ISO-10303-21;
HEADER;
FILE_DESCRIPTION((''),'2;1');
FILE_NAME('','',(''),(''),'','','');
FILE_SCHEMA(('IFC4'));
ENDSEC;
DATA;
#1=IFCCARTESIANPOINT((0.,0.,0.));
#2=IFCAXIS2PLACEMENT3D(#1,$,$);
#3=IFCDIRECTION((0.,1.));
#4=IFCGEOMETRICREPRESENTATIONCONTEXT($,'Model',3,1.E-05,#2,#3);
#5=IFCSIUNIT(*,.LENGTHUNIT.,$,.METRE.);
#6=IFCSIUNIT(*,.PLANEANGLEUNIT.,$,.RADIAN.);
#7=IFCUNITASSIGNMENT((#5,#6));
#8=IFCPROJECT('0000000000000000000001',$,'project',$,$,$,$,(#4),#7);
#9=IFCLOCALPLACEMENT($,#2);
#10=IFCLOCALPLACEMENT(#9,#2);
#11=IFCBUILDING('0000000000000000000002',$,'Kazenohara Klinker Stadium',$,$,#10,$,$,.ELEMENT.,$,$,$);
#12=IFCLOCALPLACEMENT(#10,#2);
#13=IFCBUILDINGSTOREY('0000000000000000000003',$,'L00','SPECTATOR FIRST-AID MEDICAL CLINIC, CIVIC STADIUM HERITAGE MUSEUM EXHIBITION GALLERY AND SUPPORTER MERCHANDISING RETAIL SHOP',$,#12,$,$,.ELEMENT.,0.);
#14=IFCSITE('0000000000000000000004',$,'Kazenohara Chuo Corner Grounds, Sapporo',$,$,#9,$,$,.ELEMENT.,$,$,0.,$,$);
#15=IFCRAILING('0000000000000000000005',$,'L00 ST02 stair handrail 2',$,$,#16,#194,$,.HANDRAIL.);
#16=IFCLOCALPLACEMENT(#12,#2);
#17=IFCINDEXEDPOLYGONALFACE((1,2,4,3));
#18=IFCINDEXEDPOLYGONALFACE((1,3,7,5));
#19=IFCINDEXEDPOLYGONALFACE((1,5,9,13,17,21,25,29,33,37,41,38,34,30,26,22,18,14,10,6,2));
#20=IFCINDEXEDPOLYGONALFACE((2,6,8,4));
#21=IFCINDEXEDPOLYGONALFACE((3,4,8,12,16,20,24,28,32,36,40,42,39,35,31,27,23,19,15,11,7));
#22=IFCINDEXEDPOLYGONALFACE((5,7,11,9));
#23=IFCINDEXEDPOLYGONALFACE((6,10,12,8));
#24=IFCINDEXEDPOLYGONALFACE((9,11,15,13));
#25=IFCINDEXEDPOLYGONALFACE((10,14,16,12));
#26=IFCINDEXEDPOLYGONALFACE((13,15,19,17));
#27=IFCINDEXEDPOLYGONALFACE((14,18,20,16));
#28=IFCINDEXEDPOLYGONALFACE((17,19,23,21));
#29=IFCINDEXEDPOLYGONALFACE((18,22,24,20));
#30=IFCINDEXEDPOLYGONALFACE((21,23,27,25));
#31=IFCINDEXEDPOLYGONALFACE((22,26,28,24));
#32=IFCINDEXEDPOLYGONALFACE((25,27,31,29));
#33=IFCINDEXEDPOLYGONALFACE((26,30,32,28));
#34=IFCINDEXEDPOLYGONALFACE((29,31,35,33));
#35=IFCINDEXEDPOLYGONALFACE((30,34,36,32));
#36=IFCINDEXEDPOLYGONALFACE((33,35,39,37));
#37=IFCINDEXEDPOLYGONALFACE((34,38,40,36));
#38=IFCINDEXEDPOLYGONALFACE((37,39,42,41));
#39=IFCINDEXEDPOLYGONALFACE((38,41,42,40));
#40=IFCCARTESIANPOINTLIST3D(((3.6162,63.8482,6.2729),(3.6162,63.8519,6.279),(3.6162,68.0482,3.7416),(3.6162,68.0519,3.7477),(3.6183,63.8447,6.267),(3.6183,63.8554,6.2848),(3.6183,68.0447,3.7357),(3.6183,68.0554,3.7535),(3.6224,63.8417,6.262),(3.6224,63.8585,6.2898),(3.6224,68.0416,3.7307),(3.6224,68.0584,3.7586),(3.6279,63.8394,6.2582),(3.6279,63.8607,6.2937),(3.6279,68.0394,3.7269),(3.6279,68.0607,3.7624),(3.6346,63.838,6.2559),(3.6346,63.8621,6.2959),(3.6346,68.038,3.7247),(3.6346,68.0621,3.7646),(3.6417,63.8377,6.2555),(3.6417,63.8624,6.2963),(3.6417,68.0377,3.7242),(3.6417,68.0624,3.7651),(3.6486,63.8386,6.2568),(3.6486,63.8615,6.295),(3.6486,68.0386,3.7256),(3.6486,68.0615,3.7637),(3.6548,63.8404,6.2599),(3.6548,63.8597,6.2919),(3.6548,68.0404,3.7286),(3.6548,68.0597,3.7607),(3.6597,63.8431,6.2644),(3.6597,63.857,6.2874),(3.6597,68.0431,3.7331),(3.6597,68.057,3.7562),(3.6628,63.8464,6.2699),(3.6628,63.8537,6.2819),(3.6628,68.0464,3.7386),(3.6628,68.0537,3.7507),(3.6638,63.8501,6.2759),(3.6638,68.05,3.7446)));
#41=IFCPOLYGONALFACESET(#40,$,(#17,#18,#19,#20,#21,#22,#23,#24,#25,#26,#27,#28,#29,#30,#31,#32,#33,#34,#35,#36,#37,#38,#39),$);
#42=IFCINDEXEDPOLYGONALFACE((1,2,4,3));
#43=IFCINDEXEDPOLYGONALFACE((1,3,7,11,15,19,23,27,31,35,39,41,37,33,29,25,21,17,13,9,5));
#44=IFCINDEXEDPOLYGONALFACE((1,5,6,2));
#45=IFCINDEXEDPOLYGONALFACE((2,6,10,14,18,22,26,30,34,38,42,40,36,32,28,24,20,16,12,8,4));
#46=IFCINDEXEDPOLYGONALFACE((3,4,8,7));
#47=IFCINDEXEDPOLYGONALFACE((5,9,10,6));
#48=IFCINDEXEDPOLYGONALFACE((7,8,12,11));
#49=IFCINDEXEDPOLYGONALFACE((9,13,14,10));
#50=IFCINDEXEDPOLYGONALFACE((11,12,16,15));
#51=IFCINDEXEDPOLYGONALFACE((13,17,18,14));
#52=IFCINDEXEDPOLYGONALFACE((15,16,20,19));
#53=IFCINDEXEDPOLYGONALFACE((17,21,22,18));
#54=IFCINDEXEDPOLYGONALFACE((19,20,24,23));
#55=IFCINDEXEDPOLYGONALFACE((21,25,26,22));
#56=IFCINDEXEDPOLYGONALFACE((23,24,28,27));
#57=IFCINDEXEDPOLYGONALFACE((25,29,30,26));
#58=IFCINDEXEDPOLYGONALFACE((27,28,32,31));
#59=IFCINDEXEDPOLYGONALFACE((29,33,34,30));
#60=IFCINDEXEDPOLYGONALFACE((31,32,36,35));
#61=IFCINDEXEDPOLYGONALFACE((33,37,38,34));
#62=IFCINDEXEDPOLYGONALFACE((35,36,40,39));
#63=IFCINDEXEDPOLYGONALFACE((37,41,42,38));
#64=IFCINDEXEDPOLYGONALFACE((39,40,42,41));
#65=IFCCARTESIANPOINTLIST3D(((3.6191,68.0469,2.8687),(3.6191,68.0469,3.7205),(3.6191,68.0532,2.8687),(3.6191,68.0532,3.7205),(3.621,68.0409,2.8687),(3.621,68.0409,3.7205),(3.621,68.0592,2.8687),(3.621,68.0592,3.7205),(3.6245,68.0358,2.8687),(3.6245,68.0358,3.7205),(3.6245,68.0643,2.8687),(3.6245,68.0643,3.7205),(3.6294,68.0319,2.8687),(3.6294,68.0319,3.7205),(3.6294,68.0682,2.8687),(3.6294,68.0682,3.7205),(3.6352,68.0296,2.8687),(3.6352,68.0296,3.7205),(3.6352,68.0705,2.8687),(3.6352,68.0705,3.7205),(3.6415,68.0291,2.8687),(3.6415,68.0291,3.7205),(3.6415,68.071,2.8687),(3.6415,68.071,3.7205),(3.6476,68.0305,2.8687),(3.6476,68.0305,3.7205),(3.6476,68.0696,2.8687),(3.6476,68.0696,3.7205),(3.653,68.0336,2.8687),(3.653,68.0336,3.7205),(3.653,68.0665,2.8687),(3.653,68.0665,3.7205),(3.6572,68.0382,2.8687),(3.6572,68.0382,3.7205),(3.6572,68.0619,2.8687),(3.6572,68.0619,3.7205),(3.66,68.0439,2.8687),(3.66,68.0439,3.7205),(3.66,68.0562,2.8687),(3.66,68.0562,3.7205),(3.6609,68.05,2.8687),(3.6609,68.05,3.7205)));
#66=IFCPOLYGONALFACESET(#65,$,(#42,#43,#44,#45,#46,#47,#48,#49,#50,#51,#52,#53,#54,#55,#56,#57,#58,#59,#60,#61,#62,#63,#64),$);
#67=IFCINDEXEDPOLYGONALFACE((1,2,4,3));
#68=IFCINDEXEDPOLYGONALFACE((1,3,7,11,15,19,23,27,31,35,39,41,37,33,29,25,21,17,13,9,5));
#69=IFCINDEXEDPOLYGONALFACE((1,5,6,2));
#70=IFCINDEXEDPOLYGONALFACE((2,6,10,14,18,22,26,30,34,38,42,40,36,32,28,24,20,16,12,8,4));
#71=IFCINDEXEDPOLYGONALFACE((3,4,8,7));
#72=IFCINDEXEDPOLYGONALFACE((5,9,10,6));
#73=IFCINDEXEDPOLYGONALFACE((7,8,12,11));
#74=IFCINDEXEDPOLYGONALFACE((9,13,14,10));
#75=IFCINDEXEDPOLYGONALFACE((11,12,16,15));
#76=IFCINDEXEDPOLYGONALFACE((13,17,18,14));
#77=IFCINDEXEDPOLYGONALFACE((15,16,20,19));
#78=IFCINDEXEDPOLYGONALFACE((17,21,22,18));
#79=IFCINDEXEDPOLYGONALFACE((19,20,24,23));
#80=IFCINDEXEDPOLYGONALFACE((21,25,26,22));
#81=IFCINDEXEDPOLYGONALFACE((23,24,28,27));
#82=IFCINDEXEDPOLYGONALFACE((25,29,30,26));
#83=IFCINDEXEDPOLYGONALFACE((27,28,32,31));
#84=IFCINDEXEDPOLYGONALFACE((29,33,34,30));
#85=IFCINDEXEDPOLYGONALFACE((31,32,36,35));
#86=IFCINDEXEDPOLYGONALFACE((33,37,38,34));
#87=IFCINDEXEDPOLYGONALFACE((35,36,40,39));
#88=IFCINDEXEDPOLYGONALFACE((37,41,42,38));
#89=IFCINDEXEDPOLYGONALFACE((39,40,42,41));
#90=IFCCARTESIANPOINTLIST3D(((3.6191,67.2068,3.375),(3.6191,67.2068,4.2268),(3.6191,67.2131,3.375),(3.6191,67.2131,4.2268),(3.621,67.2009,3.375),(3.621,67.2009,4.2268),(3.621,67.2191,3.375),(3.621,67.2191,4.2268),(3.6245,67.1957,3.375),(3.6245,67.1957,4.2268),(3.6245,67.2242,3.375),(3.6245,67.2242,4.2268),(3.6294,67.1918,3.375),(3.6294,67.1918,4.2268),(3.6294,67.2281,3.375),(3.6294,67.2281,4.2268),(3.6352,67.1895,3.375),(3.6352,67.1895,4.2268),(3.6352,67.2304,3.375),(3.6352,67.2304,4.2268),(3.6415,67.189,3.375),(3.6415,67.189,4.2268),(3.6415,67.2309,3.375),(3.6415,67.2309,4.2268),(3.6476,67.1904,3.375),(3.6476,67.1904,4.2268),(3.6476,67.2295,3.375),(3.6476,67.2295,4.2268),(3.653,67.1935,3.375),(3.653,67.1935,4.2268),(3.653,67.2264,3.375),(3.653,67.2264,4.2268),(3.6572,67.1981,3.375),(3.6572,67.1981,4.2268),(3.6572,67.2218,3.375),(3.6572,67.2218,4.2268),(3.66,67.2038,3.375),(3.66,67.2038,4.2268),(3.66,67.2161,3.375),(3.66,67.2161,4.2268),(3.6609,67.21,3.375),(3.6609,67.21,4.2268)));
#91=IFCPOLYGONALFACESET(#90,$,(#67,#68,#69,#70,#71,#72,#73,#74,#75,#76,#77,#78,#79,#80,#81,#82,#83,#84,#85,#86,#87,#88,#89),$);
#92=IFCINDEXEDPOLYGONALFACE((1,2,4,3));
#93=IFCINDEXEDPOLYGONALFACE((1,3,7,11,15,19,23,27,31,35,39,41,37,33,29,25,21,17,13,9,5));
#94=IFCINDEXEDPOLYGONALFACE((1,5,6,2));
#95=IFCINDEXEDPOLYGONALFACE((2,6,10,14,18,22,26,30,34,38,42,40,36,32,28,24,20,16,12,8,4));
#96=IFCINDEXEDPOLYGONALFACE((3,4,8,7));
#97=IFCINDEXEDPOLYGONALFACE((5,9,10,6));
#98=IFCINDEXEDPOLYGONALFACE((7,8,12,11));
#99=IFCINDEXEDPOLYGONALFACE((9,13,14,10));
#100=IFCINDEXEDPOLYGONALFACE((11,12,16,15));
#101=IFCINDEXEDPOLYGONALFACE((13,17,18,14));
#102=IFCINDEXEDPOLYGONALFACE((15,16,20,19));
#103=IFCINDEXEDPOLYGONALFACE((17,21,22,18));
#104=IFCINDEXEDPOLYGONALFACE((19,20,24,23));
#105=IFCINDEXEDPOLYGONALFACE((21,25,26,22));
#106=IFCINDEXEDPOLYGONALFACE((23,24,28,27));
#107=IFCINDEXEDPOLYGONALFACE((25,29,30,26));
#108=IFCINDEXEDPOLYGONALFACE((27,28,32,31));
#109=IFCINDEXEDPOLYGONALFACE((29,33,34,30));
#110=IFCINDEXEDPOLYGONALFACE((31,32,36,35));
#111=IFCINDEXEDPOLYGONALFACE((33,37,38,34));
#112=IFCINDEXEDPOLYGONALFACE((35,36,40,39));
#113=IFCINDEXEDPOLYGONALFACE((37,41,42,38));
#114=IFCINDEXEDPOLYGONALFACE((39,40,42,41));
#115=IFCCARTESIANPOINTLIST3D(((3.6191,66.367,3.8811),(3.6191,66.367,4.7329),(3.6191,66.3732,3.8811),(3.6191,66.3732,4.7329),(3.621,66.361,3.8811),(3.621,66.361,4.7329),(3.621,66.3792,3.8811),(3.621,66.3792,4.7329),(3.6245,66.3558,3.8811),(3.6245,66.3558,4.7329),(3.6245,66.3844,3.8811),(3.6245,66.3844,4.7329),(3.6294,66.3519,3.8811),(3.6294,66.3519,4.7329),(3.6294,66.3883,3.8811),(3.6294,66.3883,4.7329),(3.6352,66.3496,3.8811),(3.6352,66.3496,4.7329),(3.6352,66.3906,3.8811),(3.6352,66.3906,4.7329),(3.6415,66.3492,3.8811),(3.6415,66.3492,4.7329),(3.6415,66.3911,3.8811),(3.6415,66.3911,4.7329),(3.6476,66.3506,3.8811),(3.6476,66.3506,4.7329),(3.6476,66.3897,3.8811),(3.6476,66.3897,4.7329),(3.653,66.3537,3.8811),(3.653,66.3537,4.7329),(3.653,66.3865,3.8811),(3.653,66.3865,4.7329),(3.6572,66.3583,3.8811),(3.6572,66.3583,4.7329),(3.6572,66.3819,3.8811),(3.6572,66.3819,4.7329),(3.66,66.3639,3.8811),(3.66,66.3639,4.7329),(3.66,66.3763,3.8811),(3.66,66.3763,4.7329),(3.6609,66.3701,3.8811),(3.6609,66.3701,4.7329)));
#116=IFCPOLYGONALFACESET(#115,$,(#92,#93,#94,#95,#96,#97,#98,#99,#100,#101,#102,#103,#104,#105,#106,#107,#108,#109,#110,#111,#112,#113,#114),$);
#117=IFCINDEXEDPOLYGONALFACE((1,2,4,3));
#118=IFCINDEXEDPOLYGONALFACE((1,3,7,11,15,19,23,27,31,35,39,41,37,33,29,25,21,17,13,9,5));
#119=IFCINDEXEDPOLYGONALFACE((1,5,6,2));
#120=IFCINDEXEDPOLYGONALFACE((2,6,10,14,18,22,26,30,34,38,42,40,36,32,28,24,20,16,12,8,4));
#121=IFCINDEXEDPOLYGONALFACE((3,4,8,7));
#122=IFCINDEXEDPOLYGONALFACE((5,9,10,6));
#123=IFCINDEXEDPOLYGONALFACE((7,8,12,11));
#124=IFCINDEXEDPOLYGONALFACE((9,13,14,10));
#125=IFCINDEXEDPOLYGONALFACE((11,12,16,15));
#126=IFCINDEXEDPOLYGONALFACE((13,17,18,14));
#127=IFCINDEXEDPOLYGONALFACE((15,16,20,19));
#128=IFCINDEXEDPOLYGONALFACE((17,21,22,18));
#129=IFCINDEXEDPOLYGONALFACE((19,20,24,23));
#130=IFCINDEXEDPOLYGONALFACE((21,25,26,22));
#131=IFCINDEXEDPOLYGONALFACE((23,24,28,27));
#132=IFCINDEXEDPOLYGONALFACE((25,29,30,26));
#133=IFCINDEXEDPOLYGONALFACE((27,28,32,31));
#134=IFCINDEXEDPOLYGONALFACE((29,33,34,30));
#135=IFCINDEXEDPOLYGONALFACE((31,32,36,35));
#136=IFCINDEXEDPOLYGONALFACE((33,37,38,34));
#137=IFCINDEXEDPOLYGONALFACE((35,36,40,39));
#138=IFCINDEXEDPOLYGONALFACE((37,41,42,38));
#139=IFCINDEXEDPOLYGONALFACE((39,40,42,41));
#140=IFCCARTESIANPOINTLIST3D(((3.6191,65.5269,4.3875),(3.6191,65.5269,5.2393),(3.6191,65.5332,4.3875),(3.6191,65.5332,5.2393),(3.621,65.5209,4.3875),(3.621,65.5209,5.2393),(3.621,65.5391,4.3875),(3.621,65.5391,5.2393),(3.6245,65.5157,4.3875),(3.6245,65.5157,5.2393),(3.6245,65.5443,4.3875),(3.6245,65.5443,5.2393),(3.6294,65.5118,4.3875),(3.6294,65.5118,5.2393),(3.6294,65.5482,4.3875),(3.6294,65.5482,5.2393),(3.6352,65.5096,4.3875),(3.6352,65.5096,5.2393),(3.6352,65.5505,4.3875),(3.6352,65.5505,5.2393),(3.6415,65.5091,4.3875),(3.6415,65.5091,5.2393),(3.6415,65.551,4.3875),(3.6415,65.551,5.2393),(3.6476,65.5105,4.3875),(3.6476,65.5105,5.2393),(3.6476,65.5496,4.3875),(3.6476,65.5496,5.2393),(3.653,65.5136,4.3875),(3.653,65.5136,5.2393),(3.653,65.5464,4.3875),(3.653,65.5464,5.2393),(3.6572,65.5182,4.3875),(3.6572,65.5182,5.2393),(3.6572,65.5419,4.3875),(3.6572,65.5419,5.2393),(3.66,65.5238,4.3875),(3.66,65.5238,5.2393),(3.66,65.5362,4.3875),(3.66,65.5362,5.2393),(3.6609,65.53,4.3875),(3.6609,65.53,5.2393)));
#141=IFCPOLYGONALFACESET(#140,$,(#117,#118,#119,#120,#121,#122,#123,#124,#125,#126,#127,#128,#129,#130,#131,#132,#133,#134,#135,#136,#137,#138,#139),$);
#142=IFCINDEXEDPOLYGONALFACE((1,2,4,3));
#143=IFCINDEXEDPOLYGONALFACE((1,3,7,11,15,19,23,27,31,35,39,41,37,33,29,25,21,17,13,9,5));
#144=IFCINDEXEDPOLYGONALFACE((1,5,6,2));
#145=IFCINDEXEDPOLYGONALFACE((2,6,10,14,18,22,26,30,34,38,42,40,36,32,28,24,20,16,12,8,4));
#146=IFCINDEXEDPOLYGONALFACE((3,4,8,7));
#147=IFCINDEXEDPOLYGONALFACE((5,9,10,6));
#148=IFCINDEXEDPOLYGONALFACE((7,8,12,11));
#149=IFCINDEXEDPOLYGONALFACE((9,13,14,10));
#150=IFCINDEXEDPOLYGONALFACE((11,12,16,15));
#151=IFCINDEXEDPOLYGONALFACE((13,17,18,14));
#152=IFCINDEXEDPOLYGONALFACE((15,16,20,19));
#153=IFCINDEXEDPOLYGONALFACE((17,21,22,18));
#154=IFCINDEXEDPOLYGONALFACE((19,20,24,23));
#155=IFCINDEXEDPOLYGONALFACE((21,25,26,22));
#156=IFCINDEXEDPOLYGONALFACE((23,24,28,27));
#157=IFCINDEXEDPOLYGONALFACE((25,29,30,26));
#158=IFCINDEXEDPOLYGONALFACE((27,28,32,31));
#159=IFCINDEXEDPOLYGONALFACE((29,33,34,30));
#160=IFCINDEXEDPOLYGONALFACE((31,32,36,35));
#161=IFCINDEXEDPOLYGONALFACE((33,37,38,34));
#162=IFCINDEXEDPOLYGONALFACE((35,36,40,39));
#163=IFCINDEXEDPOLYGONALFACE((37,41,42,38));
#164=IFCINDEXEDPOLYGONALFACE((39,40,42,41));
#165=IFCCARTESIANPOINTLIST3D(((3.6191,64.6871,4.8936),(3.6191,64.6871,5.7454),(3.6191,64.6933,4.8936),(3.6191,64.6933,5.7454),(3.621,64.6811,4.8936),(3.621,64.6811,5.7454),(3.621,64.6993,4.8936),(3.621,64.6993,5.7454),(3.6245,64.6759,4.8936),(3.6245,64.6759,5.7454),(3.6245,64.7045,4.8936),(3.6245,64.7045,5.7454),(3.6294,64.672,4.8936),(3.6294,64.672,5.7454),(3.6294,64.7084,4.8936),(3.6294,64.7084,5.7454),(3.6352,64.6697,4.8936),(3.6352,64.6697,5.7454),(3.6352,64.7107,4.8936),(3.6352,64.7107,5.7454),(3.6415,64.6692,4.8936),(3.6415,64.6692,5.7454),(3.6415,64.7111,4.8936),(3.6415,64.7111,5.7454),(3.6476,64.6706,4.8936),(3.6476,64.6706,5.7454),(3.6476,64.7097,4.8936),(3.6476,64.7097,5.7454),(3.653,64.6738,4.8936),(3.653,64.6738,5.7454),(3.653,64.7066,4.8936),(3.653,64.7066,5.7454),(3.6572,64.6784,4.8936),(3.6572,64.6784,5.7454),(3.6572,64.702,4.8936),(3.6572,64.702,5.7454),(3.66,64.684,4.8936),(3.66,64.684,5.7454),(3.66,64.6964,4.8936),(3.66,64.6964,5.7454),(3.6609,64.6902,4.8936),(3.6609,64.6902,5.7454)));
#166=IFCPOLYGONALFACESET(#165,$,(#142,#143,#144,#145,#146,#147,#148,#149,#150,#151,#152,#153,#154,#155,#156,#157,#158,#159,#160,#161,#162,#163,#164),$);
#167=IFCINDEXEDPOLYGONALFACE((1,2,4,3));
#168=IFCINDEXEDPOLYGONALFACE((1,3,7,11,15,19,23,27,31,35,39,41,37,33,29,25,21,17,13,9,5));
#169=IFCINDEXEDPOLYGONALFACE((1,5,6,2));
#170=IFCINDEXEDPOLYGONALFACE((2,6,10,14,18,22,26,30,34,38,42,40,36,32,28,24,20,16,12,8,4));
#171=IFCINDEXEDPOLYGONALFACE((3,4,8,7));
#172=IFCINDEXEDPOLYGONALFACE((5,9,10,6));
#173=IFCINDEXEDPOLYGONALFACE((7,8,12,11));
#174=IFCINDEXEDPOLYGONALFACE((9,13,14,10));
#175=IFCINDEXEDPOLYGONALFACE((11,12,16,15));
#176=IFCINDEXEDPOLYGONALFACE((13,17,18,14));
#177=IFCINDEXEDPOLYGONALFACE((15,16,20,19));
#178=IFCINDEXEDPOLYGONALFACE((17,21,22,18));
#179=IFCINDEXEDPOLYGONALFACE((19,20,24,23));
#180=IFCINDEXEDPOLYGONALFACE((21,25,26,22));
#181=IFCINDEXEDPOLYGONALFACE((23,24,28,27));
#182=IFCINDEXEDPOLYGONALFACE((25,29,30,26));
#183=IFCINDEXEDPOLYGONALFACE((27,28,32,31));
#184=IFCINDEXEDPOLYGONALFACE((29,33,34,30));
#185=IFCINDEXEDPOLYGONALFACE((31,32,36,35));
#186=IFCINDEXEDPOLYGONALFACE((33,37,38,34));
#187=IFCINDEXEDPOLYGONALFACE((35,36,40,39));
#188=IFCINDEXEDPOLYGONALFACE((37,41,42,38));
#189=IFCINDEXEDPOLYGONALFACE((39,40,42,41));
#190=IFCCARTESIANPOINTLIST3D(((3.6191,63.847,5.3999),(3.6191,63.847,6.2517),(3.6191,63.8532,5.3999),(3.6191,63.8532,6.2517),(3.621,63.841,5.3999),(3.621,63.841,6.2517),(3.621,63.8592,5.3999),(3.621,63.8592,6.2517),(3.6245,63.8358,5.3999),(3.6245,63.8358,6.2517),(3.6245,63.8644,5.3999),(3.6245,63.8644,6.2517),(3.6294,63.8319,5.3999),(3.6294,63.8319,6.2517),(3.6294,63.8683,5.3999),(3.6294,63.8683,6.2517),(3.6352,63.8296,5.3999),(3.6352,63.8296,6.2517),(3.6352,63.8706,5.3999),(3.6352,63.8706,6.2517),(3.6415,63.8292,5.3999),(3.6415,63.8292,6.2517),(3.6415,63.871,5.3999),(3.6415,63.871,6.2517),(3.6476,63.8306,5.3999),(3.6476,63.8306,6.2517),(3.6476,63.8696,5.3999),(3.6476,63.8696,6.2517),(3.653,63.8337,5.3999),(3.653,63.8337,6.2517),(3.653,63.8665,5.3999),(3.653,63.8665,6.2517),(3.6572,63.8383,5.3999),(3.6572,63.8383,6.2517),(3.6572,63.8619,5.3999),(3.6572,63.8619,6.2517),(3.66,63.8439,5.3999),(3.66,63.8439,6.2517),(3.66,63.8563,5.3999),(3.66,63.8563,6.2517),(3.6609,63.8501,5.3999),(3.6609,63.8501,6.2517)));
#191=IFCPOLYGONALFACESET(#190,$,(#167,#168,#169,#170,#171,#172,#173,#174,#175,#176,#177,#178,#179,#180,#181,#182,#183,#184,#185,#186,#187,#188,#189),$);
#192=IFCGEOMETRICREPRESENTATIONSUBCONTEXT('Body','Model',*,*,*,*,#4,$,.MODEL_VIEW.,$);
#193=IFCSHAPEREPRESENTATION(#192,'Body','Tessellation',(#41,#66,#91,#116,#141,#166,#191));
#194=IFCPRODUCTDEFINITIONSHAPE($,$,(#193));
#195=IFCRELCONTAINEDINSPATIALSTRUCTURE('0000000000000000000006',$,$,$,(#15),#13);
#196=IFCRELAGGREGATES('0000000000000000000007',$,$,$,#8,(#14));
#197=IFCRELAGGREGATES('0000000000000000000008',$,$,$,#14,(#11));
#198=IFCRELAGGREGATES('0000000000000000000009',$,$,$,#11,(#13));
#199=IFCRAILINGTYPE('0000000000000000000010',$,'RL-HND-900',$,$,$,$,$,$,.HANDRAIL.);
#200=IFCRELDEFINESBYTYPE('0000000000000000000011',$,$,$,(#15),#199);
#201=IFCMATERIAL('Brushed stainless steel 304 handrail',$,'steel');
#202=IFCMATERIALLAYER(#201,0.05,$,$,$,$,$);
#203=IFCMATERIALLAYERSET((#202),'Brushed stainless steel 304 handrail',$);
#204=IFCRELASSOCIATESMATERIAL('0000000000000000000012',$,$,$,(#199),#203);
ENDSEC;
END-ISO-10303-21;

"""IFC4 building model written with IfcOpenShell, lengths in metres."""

from ifc_helpers import new_model, si_unit, direction, frame, origin, origin_2d, place, context, subcontext, project, spatial, circle, extrude, material, layer, layer_set, type_object, element, save


model = new_model("IFC4")

# Units and contexts
model_context = context("Model", 3, precision=1e-05, world=origin(), true_north=direction((0.0, 1.0)))
body_context = subcontext(model_context, "Body", "Model", "MODEL_VIEW")
ifc_project = project(units=[si_unit("LENGTHUNIT", "METRE"), si_unit("PLANEANGLEUNIT", "RADIAN")], contexts=[model_context])

# Site, building, storey
site_placement = place(None, origin())
site = spatial("IfcSite", under=ifc_project, at=site_placement, Name="Kazenohara Chuo Corner Grounds, Sapporo", CompositionType="ELEMENT", RefElevation=0.0)
building_placement = place(site_placement, origin())
building = spatial("IfcBuilding", under=site, at=building_placement, Name="Kazenohara Klinker Stadium", CompositionType="ELEMENT")
storey_placement = place(building_placement, origin())
storey = spatial("IfcBuildingStorey", under=building, at=storey_placement, Name="L00", Description="SPECTATOR FIRST-AID MEDICAL CLINIC, CIVIC STADIUM HERITAGE MUSEUM EXHIBITION GALLERY AND SUPPORTER MERCHANDISING RETAIL SHOP", CompositionType="ELEMENT", Elevation=0.0)

# Railing
ifc_material_1 = material(Name="Brushed stainless steel 304 handrail", Category="steel")
ifc_layer_1 = layer(ifc_material_1, 0.05)
ifc_layer_set_1 = layer_set([ifc_layer_1], Name="Brushed stainless steel 304 handrail")
railing_type_1 = type_object("IfcRailingType", Name="RL-HND-900", PredefinedType="HANDRAIL", material=ifc_layer_set_1)
railing_1_placement = place(storey_placement, frame((3.6399, 68.05, 2.8687)))
element("IfcRailing", 1, at=railing_1_placement, inside=storey, type_object=railing_type_1, Name="L00 ST02 stair handrail 2", PredefinedType="HANDRAIL", context=body_context, shape_type="SweptSolid", body=[
    extrude(circle(Radius=0.0239, at=origin_2d()), frame((0.0, 0.0, 0.876), z_axis=(0.0, -0.856476, 0.516186), x_axis=(1.0, 0.0, 0.0)), (0.0, 0.0, 1.0), 4.9038),
    extrude(circle(Radius=0.021, at=origin_2d()), origin(), (0.0, 0.0, 1.0), 0.8518),
    extrude(circle(Radius=0.021, at=origin_2d()), frame((0.0, -0.8401, 0.5063)), (0.0, 0.0, 1.0), 0.8518),
    extrude(circle(Radius=0.021, at=origin_2d()), frame((0.0, -1.6799, 1.0125)), (0.0, 0.0, 1.0), 0.8518),
    extrude(circle(Radius=0.021, at=origin_2d()), frame((0.0, -2.52, 1.5188)), (0.0, 0.0, 1.0), 0.8518),
    extrude(circle(Radius=0.021, at=origin_2d()), frame((0.0, -3.3599, 2.0249)), (0.0, 0.0, 1.0), 0.8518),
    extrude(circle(Radius=0.021, at=origin_2d()), frame((0.0, -4.2, 2.5312)), (0.0, 0.0, 1.0), 0.8518),
])

save(model, "model.ifc")
